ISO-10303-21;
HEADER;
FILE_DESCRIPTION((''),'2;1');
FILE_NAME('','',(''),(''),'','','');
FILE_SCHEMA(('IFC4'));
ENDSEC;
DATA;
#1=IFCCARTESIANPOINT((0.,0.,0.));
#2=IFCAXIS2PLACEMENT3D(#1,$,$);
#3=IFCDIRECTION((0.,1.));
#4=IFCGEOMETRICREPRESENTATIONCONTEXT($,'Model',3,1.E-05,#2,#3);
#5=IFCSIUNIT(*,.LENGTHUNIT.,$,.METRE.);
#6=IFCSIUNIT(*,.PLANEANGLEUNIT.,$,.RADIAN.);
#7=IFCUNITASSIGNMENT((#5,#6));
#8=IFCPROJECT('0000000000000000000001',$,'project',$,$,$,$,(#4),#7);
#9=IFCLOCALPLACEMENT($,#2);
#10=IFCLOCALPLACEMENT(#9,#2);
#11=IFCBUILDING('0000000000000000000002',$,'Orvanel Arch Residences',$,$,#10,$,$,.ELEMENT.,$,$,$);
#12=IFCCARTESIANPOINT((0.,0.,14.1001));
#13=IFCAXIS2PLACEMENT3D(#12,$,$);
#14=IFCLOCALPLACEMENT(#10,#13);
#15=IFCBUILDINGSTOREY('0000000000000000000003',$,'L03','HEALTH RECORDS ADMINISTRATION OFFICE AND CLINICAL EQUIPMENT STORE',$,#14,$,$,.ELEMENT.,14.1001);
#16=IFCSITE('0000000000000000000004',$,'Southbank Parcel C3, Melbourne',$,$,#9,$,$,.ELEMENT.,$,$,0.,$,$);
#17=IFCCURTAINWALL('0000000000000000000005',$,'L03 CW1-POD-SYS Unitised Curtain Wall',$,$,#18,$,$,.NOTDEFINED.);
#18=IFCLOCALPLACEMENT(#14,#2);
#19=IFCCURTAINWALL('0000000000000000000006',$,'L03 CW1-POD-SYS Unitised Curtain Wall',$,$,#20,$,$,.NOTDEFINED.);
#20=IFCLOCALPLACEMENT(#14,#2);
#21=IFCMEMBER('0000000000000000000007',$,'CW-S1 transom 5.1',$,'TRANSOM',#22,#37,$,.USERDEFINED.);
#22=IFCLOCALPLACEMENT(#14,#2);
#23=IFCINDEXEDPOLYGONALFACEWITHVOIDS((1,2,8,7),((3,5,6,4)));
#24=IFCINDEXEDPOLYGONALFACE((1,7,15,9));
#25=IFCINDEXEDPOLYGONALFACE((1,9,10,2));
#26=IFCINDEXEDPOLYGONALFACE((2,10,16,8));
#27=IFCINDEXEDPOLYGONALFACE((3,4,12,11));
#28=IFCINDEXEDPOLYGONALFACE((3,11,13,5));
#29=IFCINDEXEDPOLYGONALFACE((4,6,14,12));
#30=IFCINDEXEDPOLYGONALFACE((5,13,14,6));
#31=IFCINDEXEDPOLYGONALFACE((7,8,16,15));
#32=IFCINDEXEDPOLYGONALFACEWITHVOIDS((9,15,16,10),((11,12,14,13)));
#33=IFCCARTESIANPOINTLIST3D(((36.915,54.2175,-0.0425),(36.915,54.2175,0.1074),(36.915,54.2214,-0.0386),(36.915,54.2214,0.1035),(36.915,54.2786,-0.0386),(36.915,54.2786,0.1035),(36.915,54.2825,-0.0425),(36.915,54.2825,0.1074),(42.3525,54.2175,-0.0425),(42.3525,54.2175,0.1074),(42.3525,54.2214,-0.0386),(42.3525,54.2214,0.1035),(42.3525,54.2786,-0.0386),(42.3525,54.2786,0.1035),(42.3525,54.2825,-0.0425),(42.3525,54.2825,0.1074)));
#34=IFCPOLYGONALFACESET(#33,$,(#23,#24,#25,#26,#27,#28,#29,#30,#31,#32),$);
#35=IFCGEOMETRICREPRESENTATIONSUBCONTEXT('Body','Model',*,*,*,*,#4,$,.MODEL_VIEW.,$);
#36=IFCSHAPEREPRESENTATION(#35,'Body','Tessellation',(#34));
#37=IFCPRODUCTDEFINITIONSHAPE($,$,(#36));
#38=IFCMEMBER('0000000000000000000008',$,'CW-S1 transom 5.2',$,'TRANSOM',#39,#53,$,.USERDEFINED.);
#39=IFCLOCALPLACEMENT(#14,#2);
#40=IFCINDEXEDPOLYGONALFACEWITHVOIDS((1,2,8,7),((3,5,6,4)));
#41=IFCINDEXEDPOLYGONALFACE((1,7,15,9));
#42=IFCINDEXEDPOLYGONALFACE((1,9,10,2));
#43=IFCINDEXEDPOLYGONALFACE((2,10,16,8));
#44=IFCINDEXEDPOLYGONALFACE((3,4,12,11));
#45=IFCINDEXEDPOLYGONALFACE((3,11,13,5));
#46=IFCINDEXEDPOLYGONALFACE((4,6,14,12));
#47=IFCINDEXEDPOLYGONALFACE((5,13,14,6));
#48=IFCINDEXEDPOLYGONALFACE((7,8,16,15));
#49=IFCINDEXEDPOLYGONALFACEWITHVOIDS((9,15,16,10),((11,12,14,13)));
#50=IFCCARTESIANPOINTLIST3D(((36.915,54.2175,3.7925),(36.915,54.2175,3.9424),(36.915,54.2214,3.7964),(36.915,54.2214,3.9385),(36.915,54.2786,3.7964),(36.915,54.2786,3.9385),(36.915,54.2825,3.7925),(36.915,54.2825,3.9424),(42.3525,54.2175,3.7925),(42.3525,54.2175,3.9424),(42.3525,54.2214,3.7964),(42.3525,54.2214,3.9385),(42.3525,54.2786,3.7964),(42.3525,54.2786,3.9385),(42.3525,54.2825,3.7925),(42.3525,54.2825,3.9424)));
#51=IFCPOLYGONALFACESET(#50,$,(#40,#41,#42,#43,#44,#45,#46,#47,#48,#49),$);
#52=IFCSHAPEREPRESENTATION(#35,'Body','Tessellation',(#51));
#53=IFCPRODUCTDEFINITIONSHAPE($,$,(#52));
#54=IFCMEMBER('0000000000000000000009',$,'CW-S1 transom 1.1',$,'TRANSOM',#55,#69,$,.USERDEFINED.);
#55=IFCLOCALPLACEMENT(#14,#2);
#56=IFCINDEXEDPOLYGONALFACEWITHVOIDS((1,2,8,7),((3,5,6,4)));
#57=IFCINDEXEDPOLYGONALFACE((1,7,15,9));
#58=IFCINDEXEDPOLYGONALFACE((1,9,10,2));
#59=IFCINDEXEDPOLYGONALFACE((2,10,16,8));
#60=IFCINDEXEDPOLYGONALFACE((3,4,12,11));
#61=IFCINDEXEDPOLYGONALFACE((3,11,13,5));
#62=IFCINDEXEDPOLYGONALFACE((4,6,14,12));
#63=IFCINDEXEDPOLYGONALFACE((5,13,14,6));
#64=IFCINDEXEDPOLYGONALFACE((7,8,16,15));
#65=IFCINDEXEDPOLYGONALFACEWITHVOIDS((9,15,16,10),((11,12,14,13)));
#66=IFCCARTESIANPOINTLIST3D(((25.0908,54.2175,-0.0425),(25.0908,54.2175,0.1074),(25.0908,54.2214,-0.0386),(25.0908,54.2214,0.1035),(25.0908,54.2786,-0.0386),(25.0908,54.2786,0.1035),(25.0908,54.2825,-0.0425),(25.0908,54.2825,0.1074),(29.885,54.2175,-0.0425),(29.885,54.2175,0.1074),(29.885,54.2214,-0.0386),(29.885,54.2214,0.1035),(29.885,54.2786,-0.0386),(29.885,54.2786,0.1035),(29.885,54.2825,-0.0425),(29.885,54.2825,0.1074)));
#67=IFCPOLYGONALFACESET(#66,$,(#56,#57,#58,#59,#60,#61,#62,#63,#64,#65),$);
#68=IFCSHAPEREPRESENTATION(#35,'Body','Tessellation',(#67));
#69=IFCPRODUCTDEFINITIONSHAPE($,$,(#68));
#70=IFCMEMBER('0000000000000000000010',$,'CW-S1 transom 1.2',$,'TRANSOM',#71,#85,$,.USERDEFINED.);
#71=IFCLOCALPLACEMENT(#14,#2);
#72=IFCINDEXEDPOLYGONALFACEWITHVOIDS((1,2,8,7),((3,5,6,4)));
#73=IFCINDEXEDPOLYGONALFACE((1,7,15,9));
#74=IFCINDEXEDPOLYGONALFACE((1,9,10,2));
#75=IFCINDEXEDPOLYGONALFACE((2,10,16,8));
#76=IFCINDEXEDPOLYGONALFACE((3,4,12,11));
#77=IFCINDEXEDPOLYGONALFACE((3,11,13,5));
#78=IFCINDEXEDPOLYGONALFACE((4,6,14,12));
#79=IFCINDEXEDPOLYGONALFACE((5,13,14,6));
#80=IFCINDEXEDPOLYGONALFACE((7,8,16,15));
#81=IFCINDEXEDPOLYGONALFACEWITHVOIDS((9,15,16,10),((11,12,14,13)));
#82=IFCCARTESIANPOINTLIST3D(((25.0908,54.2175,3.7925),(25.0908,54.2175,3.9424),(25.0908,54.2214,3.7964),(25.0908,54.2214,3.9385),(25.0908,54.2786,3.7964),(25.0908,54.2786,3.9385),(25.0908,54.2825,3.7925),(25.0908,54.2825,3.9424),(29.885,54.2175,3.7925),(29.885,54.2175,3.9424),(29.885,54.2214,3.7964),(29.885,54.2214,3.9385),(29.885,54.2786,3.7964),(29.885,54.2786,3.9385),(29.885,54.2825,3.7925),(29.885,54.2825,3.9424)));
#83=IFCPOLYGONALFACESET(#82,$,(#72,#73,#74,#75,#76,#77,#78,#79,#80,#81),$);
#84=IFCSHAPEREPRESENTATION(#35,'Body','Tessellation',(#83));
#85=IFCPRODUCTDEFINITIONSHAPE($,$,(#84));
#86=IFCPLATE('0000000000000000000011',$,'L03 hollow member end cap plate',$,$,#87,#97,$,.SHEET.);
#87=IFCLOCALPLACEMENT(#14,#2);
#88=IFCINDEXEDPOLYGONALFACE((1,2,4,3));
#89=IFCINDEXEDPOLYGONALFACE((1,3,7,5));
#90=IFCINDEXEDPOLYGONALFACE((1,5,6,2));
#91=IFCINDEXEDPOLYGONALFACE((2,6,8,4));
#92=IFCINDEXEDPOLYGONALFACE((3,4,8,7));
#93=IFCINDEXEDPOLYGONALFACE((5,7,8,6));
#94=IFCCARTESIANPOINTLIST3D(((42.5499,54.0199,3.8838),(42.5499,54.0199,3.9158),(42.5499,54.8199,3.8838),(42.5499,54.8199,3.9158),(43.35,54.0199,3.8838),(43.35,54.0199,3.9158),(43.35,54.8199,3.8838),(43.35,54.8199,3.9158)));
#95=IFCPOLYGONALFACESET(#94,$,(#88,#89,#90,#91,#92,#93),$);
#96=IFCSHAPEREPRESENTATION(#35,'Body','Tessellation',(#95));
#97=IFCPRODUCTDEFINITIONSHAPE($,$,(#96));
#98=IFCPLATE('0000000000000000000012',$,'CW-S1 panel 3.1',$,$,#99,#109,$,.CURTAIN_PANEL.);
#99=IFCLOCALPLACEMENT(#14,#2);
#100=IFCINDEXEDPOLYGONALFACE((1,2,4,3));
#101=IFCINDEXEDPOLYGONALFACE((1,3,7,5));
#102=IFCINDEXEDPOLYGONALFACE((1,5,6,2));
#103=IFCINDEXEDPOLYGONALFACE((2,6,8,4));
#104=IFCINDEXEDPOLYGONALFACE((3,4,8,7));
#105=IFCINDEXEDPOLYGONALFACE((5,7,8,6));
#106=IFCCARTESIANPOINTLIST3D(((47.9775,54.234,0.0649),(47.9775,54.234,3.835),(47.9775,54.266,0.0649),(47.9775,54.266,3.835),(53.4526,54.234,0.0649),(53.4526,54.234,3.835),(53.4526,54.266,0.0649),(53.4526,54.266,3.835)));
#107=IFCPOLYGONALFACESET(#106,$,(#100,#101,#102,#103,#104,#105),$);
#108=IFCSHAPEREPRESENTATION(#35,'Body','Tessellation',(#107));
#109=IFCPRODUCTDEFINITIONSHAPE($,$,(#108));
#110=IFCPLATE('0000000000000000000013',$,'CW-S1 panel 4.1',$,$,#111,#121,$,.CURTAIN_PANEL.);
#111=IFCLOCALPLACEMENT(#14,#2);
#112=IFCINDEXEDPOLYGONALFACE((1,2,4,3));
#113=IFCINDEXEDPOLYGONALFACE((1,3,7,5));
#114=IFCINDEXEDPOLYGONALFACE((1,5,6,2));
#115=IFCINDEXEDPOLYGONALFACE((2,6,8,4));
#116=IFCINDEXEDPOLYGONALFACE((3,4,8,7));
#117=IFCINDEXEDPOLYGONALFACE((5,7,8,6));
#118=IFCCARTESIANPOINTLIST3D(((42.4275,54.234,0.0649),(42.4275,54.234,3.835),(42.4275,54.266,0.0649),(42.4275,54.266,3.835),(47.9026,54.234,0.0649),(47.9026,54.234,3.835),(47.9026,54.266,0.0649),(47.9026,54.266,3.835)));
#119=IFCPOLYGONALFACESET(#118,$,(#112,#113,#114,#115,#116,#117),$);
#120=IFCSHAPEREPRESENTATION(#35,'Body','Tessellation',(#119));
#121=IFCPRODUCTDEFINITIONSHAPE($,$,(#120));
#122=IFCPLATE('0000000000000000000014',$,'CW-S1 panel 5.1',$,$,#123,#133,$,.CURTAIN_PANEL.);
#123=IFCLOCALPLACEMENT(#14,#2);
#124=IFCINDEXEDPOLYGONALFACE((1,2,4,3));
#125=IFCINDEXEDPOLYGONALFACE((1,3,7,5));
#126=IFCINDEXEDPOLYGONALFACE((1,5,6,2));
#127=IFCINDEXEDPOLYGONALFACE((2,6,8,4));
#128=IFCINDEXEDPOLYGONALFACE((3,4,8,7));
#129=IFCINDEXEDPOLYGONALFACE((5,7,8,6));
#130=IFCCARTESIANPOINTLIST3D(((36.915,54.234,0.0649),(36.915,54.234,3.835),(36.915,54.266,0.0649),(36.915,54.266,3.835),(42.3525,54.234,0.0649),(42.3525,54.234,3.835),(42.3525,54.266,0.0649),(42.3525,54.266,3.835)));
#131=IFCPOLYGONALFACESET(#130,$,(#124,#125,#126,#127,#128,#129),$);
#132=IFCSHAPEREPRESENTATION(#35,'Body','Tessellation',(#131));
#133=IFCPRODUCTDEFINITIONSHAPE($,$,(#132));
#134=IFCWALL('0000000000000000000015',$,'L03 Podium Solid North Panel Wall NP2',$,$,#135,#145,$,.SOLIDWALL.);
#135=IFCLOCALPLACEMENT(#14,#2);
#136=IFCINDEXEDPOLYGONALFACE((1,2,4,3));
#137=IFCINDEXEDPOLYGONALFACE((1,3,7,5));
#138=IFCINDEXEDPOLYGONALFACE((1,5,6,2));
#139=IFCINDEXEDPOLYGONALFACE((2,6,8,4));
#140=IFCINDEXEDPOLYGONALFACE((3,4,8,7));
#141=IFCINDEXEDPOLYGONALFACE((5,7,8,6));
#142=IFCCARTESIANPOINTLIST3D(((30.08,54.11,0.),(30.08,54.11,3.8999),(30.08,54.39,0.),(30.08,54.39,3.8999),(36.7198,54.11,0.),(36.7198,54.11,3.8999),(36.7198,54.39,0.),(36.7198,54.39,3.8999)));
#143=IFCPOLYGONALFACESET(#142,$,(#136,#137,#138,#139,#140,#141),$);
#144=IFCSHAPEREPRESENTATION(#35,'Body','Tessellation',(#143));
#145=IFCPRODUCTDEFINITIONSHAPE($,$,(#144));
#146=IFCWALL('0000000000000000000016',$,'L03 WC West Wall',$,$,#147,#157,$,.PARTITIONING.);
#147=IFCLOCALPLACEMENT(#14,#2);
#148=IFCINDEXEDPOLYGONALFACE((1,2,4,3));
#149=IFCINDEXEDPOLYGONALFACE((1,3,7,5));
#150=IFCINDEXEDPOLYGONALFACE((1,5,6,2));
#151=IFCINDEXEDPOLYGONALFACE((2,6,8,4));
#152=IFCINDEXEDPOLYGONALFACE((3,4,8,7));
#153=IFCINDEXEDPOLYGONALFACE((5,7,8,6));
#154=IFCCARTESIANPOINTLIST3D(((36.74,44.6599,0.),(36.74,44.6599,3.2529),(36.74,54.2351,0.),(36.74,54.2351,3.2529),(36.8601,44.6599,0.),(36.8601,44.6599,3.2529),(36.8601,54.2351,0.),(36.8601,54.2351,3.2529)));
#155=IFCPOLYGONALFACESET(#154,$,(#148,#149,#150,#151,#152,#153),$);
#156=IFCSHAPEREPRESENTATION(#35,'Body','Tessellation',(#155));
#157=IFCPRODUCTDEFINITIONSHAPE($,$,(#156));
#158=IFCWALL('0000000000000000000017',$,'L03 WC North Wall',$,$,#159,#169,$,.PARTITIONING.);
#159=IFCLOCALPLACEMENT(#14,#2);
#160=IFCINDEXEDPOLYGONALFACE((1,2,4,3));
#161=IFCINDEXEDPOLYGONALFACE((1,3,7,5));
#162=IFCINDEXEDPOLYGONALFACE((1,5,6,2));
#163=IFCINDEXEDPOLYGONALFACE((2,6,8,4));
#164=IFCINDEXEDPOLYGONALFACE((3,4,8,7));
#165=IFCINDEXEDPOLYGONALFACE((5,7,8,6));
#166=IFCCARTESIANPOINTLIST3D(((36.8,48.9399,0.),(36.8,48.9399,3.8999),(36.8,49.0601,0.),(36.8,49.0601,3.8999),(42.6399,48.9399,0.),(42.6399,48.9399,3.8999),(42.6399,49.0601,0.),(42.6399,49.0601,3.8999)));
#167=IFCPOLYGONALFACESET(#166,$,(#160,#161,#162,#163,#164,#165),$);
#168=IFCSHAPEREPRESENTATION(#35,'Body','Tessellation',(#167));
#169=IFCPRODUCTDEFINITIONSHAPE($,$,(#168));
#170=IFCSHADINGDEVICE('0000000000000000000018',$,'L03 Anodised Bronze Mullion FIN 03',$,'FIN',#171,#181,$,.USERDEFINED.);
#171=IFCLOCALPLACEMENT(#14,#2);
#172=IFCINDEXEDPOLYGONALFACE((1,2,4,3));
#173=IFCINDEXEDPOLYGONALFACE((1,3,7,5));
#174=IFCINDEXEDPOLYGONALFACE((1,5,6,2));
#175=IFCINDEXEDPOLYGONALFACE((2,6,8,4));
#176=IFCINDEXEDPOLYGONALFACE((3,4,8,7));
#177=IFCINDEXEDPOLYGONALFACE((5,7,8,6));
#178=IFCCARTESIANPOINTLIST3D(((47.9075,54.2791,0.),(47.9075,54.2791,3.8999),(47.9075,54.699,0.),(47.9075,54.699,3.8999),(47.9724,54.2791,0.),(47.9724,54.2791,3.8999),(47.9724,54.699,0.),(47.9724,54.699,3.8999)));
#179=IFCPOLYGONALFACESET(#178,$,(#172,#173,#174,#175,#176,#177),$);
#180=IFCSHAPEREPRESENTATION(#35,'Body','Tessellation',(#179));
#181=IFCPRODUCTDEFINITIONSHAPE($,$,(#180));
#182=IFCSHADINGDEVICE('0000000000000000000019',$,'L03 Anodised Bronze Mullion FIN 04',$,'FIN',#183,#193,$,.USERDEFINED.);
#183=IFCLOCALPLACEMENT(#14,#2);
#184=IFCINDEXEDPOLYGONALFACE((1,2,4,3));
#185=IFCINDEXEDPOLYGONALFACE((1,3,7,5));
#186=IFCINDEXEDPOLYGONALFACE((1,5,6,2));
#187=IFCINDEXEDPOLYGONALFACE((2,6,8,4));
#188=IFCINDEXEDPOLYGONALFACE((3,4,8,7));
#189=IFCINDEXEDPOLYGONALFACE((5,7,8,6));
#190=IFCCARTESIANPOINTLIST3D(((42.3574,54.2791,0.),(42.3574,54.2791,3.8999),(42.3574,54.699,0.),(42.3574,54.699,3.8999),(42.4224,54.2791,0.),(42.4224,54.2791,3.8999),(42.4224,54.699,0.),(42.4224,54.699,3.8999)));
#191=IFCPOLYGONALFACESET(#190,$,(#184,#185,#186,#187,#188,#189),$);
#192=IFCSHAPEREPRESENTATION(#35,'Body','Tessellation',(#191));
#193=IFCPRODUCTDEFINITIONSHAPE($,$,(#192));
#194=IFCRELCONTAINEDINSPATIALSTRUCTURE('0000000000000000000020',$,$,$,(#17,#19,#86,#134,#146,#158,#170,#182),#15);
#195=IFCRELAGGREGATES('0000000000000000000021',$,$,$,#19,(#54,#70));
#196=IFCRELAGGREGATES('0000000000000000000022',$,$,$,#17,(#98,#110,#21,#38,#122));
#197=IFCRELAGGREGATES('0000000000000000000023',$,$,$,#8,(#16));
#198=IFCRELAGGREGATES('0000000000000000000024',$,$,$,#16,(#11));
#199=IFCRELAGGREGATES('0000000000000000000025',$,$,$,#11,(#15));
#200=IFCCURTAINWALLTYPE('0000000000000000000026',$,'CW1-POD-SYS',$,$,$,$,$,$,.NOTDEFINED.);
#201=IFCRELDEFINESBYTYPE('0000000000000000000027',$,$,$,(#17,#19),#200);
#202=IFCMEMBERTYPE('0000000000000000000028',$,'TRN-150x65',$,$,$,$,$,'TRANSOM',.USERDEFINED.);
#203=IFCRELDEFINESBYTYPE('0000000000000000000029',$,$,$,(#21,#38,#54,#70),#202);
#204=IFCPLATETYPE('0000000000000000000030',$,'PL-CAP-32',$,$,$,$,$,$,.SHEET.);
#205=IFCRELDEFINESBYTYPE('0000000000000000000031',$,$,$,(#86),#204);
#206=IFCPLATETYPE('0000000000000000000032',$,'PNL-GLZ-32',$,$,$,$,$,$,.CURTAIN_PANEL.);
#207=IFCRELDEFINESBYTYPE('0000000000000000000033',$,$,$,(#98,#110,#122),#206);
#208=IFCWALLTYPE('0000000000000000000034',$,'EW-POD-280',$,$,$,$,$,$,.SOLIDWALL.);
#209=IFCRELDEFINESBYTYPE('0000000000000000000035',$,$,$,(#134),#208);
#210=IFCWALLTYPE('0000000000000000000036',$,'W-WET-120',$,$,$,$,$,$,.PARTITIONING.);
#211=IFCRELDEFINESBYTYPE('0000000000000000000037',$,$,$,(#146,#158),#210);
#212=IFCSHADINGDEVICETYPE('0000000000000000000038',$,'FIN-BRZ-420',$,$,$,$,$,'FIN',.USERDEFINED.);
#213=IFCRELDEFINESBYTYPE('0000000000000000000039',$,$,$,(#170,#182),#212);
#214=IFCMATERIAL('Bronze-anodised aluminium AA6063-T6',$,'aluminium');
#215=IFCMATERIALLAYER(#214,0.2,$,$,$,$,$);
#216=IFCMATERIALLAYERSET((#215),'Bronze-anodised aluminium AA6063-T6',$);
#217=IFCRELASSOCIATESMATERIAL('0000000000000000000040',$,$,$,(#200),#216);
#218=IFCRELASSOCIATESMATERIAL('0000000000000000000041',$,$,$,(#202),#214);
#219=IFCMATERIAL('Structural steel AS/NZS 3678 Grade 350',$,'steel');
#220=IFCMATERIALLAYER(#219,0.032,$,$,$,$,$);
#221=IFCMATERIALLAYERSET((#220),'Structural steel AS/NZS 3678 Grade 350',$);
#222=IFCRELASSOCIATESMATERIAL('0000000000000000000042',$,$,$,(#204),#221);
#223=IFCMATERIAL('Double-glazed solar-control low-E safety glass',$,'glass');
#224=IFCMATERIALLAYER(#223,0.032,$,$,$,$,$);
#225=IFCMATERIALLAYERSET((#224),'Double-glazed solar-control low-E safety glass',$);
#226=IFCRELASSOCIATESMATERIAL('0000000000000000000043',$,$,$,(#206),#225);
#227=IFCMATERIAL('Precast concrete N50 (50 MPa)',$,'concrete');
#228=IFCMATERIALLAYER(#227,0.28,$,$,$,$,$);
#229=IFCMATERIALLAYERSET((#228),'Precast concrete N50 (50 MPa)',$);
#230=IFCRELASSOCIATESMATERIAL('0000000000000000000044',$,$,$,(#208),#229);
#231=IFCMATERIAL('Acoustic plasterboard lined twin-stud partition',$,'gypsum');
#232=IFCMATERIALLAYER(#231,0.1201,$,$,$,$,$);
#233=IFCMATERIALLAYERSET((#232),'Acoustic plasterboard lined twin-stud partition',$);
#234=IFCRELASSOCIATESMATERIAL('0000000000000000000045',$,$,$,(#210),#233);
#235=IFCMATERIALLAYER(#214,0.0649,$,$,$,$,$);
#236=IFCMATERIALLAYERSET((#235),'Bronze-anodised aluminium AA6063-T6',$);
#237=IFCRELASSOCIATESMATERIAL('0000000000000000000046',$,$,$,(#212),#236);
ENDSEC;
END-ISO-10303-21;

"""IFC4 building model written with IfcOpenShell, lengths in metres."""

from ifc_helpers import new_model, si_unit, direction, frame, frame_2d, origin, origin_2d, place, context, subcontext, project, spatial, rectangle, hollow_rectangle, extrude, material, layer, layer_set, material_profile, profile_set, type_object, element, aggregate, save


model = new_model("IFC4")

# Units and contexts
model_context = context("Model", 3, precision=1e-05, world=origin(), true_north=direction((0.0, 1.0)))
body_context = subcontext(model_context, "Body", "Model", "MODEL_VIEW")
ifc_project = project(units=[si_unit("LENGTHUNIT", "METRE"), si_unit("PLANEANGLEUNIT", "RADIAN")], contexts=[model_context])

# Site, building, storey
site_placement = place(None, origin())
site = spatial("IfcSite", under=ifc_project, at=site_placement, Name="Southbank Parcel C3, Melbourne", CompositionType="ELEMENT", RefElevation=0.0)
building_placement = place(site_placement, origin())
building = spatial("IfcBuilding", under=site, at=building_placement, Name="Orvanel Arch Residences", CompositionType="ELEMENT")
storey_placement = place(building_placement, frame((0.0, 0.0, 14.1001)))
storey = spatial("IfcBuildingStorey", under=building, at=storey_placement, Name="L03", Description="HEALTH RECORDS ADMINISTRATION OFFICE AND CLINICAL EQUIPMENT STORE", CompositionType="ELEMENT", Elevation=14.1001)

# Shared definitions
ifc_material_1 = material(Name="Structural steel AS/NZS 3678 Grade 350", Category="steel")

# Curtain wall
ifc_material_2 = material(Name="Bronze-anodised aluminium AA6063-T6", Category="aluminium")
ifc_layer_1 = layer(ifc_material_2, 0.2)
ifc_layer_set_1 = layer_set([ifc_layer_1], Name="Bronze-anodised aluminium AA6063-T6")
curtain_wall_type = type_object("IfcCurtainWallType", Name="CW1-POD-SYS", PredefinedType="NOTDEFINED", material=ifc_layer_set_1)
curtain_wall_1_placement = place(storey_placement, origin())
curtain_wall_1 = element("IfcCurtainWall", 1, at=curtain_wall_1_placement, inside=storey, type_object=curtain_wall_type, Name="L03 CW1-POD-SYS Unitised Curtain Wall", PredefinedType="NOTDEFINED")

# Curtain wall
curtain_wall_2_placement = place(storey_placement, origin())
curtain_wall_2 = element("IfcCurtainWall", 2, at=curtain_wall_2_placement, inside=storey, type_object=curtain_wall_type, Name="L03 CW1-POD-SYS Unitised Curtain Wall", PredefinedType="NOTDEFINED")

# Members
ifc_material_profile_1 = material_profile(ifc_material_2, hollow_rectangle(XDim=0.0649, YDim=0.1499, WallThickness=0.0039, at=origin_2d()), Name="ALU150x65x4")
ifc_profile_set_1 = profile_set([ifc_material_profile_1], Name="Bronze-anodised aluminium AA6063-T6")
member_type_1 = type_object("IfcMemberType", Name="TRN-150x65", ElementType="TRANSOM", PredefinedType="USERDEFINED", material=ifc_profile_set_1)
member_1_placement = place(storey_placement, frame((42.3525, 54.25, 0.0325), z_axis=(-1.0, 0.0, 0.0), x_axis=(0.0, -1.0, 0.0)))
member_1 = element("IfcMember", 3, at=member_1_placement, type_object=member_type_1, Name="CW-S1 transom 5.1", ObjectType="TRANSOM", PredefinedType="USERDEFINED", context=body_context, shape_type="SweptSolid", body=[
    extrude(hollow_rectangle(XDim=0.0649, YDim=0.1499, WallThickness=0.0039, at=origin_2d()), origin(), (0.0, 0.0, 1.0), 5.4375),
])
member_2_placement = place(storey_placement, frame((42.3525, 54.25, 3.8674), z_axis=(-1.0, 0.0, 0.0), x_axis=(0.0, -1.0, 0.0)))
member_2 = element("IfcMember", 4, at=member_2_placement, type_object=member_type_1, Name="CW-S1 transom 5.2", ObjectType="TRANSOM", PredefinedType="USERDEFINED", context=body_context, shape_type="SweptSolid", body=[
    extrude(hollow_rectangle(XDim=0.0649, YDim=0.1499, WallThickness=0.0039, at=origin_2d()), origin(), (0.0, 0.0, 1.0), 5.4375),
])
member_3_placement = place(storey_placement, frame((29.885, 54.25, 0.0325), z_axis=(-1.0, 0.0, 0.0), x_axis=(0.0, -1.0, 0.0)))
member_3 = element("IfcMember", 5, at=member_3_placement, type_object=member_type_1, Name="CW-S1 transom 1.1", ObjectType="TRANSOM", PredefinedType="USERDEFINED", context=body_context, shape_type="SweptSolid", body=[
    extrude(hollow_rectangle(XDim=0.0649, YDim=0.1499, WallThickness=0.0039, at=origin_2d()), origin(), (0.0, 0.0, 1.0), 4.7942),
])
member_4_placement = place(storey_placement, frame((29.885, 54.25, 3.8674), z_axis=(-1.0, 0.0, 0.0), x_axis=(0.0, -1.0, 0.0)))
member_4 = element("IfcMember", 6, at=member_4_placement, type_object=member_type_1, Name="CW-S1 transom 1.2", ObjectType="TRANSOM", PredefinedType="USERDEFINED", context=body_context, shape_type="SweptSolid", body=[
    extrude(hollow_rectangle(XDim=0.0649, YDim=0.1499, WallThickness=0.0039, at=origin_2d()), origin(), (0.0, 0.0, 1.0), 4.7942),
])
aggregate(curtain_wall_2, [member_3, member_4])

# Plates
ifc_layer_2 = layer(ifc_material_1, 0.032)
ifc_layer_set_2 = layer_set([ifc_layer_2], Name="Structural steel AS/NZS 3678 Grade 350")
plate_type_1 = type_object("IfcPlateType", Name="PL-CAP-32", PredefinedType="SHEET", material=ifc_layer_set_2)
plate_1_placement = place(storey_placement, frame((42.95, 54.4199, 3.8838), z_axis=(0.0, 0.0, 1.0), x_axis=(1.0, 0.0, 0.0)))
element("IfcPlate", 7, at=plate_1_placement, inside=storey, type_object=plate_type_1, Name="L03 hollow member end cap plate", PredefinedType="SHEET", context=body_context, shape_type="SweptSolid", body=[
    extrude(rectangle(XDim=0.8, YDim=0.8, at=origin_2d()), origin(), (0.0, 0.0, 1.0), 0.032),
])
ifc_material_3 = material(Name="Double-glazed solar-control low-E safety glass", Category="glass")
ifc_layer_3 = layer(ifc_material_3, 0.032)
ifc_layer_set_3 = layer_set([ifc_layer_3], Name="Double-glazed solar-control low-E safety glass")
plate_type_2 = type_object("IfcPlateType", Name="PNL-GLZ-32", PredefinedType="CURTAIN_PANEL", material=ifc_layer_set_3)
plate_2_placement = place(storey_placement, frame((50.7151, 54.25, 0.0649), z_axis=(0.0, 0.0, 1.0), x_axis=(-1.0, 0.0, 0.0)))
plate_2 = element("IfcPlate", 8, at=plate_2_placement, type_object=plate_type_2, Name="CW-S1 panel 3.1", PredefinedType="CURTAIN_PANEL", context=body_context, shape_type="SweptSolid", body=[
    extrude(rectangle(XDim=5.4751, YDim=0.032, at=origin_2d()), origin(), (0.0, 0.0, 1.0), 3.77),
])
plate_3_placement = place(storey_placement, frame((45.165, 54.25, 0.0649), z_axis=(0.0, 0.0, 1.0), x_axis=(-1.0, 0.0, 0.0)))
plate_3 = element("IfcPlate", 9, at=plate_3_placement, type_object=plate_type_2, Name="CW-S1 panel 4.1", PredefinedType="CURTAIN_PANEL", context=body_context, shape_type="SweptSolid", body=[
    extrude(rectangle(XDim=5.4751, YDim=0.032, at=origin_2d()), origin(), (0.0, 0.0, 1.0), 3.77),
])
plate_4_placement = place(storey_placement, frame((39.6338, 54.25, 0.0649), z_axis=(0.0, 0.0, 1.0), x_axis=(-1.0, 0.0, 0.0)))
plate_4 = element("IfcPlate", 10, at=plate_4_placement, type_object=plate_type_2, Name="CW-S1 panel 5.1", PredefinedType="CURTAIN_PANEL", context=body_context, shape_type="SweptSolid", body=[
    extrude(rectangle(XDim=5.4375, YDim=0.032, at=origin_2d()), origin(), (0.0, 0.0, 1.0), 3.77),
])
aggregate(curtain_wall_1, [plate_2, plate_3, member_1, member_2, plate_4])

# Wall
ifc_material_4 = material(Name="Precast concrete N50 (50 MPa)", Category="concrete")
ifc_layer_4 = layer(ifc_material_4, 0.28)
ifc_layer_set_4 = layer_set([ifc_layer_4], Name="Precast concrete N50 (50 MPa)")
wall_type_1 = type_object("IfcWallType", Name="EW-POD-280", PredefinedType="SOLIDWALL", material=ifc_layer_set_4)
wall_1_placement = place(storey_placement, frame((30.0801, 54.25, 0.0), z_axis=(0.0, 0.0, 1.0), x_axis=(1.0, 0.0, 0.0)))
element("IfcWall", 11, at=wall_1_placement, inside=storey, type_object=wall_type_1, Name="L03 Podium Solid North Panel Wall NP2", PredefinedType="SOLIDWALL", context=body_context, shape_type="SweptSolid", body=[
    extrude(rectangle(XDim=6.6399, YDim=0.28, at=frame_2d((3.3198, 0.0))), origin(), (0.0, 0.0, 1.0), 3.8999),
])

# Walls
ifc_material_5 = material(Name="Acoustic plasterboard lined twin-stud partition", Category="gypsum")
ifc_layer_5 = layer(ifc_material_5, 0.1201)
ifc_layer_set_5 = layer_set([ifc_layer_5], Name="Acoustic plasterboard lined twin-stud partition")
wall_type_2 = type_object("IfcWallType", Name="W-WET-120", PredefinedType="PARTITIONING", material=ifc_layer_set_5)
wall_2_placement = place(storey_placement, frame((36.8, 44.6599, 0.0), z_axis=(0.0, 0.0, 1.0), x_axis=(0.0, 1.0, 0.0)))
element("IfcWall", 12, at=wall_2_placement, inside=storey, type_object=wall_type_2, Name="L03 WC West Wall", PredefinedType="PARTITIONING", context=body_context, shape_type="SweptSolid", body=[
    extrude(rectangle(XDim=9.5752, YDim=0.1201, at=frame_2d((4.7876, 0.0))), origin(), (0.0, 0.0, 1.0), 3.2529),
])
wall_3_placement = place(storey_placement, frame((36.8, 49.0, 0.0), z_axis=(0.0, 0.0, 1.0), x_axis=(1.0, 0.0, 0.0)))
element("IfcWall", 13, at=wall_3_placement, inside=storey, type_object=wall_type_2, Name="L03 WC North Wall", PredefinedType="PARTITIONING", context=body_context, shape_type="SweptSolid", body=[
    extrude(rectangle(XDim=5.8398, YDim=0.1201, at=frame_2d((2.9199, 0.0))), origin(), (0.0, 0.0, 1.0), 3.8999),
])

# Shading devices
ifc_layer_6 = layer(ifc_material_2, 0.0649)
ifc_layer_set_6 = layer_set([ifc_layer_6], Name="Bronze-anodised aluminium AA6063-T6")
shading_device_type = type_object("IfcShadingDeviceType", Name="FIN-BRZ-420", ElementType="FIN", PredefinedType="USERDEFINED", material=ifc_layer_set_6)
for number, where, z_axis, x_axis, name in (
    (14, (47.9399, 54.489, 0.0), (0.0, 0.0, 1.0), (0.0, 1.0, 0.0), "L03 Anodised Bronze Mullion FIN 03"),
    (15, (42.3899, 54.489, 0.0), (0.0, 0.0, 1.0), (0.0, 1.0, 0.0), "L03 Anodised Bronze Mullion FIN 04"),
):
    element("IfcShadingDevice", number, at=place(storey_placement, frame(where, z_axis=z_axis, x_axis=x_axis)), inside=storey, type_object=shading_device_type, Name=name, ObjectType="FIN", PredefinedType="USERDEFINED", context=body_context, shape_type="SweptSolid", body=[
        extrude(rectangle(XDim=0.4199, YDim=0.0649, at=origin_2d()), origin(), (0.0, 0.0, 1.0), 3.8999),
    ])

save(model, "model.ifc")
